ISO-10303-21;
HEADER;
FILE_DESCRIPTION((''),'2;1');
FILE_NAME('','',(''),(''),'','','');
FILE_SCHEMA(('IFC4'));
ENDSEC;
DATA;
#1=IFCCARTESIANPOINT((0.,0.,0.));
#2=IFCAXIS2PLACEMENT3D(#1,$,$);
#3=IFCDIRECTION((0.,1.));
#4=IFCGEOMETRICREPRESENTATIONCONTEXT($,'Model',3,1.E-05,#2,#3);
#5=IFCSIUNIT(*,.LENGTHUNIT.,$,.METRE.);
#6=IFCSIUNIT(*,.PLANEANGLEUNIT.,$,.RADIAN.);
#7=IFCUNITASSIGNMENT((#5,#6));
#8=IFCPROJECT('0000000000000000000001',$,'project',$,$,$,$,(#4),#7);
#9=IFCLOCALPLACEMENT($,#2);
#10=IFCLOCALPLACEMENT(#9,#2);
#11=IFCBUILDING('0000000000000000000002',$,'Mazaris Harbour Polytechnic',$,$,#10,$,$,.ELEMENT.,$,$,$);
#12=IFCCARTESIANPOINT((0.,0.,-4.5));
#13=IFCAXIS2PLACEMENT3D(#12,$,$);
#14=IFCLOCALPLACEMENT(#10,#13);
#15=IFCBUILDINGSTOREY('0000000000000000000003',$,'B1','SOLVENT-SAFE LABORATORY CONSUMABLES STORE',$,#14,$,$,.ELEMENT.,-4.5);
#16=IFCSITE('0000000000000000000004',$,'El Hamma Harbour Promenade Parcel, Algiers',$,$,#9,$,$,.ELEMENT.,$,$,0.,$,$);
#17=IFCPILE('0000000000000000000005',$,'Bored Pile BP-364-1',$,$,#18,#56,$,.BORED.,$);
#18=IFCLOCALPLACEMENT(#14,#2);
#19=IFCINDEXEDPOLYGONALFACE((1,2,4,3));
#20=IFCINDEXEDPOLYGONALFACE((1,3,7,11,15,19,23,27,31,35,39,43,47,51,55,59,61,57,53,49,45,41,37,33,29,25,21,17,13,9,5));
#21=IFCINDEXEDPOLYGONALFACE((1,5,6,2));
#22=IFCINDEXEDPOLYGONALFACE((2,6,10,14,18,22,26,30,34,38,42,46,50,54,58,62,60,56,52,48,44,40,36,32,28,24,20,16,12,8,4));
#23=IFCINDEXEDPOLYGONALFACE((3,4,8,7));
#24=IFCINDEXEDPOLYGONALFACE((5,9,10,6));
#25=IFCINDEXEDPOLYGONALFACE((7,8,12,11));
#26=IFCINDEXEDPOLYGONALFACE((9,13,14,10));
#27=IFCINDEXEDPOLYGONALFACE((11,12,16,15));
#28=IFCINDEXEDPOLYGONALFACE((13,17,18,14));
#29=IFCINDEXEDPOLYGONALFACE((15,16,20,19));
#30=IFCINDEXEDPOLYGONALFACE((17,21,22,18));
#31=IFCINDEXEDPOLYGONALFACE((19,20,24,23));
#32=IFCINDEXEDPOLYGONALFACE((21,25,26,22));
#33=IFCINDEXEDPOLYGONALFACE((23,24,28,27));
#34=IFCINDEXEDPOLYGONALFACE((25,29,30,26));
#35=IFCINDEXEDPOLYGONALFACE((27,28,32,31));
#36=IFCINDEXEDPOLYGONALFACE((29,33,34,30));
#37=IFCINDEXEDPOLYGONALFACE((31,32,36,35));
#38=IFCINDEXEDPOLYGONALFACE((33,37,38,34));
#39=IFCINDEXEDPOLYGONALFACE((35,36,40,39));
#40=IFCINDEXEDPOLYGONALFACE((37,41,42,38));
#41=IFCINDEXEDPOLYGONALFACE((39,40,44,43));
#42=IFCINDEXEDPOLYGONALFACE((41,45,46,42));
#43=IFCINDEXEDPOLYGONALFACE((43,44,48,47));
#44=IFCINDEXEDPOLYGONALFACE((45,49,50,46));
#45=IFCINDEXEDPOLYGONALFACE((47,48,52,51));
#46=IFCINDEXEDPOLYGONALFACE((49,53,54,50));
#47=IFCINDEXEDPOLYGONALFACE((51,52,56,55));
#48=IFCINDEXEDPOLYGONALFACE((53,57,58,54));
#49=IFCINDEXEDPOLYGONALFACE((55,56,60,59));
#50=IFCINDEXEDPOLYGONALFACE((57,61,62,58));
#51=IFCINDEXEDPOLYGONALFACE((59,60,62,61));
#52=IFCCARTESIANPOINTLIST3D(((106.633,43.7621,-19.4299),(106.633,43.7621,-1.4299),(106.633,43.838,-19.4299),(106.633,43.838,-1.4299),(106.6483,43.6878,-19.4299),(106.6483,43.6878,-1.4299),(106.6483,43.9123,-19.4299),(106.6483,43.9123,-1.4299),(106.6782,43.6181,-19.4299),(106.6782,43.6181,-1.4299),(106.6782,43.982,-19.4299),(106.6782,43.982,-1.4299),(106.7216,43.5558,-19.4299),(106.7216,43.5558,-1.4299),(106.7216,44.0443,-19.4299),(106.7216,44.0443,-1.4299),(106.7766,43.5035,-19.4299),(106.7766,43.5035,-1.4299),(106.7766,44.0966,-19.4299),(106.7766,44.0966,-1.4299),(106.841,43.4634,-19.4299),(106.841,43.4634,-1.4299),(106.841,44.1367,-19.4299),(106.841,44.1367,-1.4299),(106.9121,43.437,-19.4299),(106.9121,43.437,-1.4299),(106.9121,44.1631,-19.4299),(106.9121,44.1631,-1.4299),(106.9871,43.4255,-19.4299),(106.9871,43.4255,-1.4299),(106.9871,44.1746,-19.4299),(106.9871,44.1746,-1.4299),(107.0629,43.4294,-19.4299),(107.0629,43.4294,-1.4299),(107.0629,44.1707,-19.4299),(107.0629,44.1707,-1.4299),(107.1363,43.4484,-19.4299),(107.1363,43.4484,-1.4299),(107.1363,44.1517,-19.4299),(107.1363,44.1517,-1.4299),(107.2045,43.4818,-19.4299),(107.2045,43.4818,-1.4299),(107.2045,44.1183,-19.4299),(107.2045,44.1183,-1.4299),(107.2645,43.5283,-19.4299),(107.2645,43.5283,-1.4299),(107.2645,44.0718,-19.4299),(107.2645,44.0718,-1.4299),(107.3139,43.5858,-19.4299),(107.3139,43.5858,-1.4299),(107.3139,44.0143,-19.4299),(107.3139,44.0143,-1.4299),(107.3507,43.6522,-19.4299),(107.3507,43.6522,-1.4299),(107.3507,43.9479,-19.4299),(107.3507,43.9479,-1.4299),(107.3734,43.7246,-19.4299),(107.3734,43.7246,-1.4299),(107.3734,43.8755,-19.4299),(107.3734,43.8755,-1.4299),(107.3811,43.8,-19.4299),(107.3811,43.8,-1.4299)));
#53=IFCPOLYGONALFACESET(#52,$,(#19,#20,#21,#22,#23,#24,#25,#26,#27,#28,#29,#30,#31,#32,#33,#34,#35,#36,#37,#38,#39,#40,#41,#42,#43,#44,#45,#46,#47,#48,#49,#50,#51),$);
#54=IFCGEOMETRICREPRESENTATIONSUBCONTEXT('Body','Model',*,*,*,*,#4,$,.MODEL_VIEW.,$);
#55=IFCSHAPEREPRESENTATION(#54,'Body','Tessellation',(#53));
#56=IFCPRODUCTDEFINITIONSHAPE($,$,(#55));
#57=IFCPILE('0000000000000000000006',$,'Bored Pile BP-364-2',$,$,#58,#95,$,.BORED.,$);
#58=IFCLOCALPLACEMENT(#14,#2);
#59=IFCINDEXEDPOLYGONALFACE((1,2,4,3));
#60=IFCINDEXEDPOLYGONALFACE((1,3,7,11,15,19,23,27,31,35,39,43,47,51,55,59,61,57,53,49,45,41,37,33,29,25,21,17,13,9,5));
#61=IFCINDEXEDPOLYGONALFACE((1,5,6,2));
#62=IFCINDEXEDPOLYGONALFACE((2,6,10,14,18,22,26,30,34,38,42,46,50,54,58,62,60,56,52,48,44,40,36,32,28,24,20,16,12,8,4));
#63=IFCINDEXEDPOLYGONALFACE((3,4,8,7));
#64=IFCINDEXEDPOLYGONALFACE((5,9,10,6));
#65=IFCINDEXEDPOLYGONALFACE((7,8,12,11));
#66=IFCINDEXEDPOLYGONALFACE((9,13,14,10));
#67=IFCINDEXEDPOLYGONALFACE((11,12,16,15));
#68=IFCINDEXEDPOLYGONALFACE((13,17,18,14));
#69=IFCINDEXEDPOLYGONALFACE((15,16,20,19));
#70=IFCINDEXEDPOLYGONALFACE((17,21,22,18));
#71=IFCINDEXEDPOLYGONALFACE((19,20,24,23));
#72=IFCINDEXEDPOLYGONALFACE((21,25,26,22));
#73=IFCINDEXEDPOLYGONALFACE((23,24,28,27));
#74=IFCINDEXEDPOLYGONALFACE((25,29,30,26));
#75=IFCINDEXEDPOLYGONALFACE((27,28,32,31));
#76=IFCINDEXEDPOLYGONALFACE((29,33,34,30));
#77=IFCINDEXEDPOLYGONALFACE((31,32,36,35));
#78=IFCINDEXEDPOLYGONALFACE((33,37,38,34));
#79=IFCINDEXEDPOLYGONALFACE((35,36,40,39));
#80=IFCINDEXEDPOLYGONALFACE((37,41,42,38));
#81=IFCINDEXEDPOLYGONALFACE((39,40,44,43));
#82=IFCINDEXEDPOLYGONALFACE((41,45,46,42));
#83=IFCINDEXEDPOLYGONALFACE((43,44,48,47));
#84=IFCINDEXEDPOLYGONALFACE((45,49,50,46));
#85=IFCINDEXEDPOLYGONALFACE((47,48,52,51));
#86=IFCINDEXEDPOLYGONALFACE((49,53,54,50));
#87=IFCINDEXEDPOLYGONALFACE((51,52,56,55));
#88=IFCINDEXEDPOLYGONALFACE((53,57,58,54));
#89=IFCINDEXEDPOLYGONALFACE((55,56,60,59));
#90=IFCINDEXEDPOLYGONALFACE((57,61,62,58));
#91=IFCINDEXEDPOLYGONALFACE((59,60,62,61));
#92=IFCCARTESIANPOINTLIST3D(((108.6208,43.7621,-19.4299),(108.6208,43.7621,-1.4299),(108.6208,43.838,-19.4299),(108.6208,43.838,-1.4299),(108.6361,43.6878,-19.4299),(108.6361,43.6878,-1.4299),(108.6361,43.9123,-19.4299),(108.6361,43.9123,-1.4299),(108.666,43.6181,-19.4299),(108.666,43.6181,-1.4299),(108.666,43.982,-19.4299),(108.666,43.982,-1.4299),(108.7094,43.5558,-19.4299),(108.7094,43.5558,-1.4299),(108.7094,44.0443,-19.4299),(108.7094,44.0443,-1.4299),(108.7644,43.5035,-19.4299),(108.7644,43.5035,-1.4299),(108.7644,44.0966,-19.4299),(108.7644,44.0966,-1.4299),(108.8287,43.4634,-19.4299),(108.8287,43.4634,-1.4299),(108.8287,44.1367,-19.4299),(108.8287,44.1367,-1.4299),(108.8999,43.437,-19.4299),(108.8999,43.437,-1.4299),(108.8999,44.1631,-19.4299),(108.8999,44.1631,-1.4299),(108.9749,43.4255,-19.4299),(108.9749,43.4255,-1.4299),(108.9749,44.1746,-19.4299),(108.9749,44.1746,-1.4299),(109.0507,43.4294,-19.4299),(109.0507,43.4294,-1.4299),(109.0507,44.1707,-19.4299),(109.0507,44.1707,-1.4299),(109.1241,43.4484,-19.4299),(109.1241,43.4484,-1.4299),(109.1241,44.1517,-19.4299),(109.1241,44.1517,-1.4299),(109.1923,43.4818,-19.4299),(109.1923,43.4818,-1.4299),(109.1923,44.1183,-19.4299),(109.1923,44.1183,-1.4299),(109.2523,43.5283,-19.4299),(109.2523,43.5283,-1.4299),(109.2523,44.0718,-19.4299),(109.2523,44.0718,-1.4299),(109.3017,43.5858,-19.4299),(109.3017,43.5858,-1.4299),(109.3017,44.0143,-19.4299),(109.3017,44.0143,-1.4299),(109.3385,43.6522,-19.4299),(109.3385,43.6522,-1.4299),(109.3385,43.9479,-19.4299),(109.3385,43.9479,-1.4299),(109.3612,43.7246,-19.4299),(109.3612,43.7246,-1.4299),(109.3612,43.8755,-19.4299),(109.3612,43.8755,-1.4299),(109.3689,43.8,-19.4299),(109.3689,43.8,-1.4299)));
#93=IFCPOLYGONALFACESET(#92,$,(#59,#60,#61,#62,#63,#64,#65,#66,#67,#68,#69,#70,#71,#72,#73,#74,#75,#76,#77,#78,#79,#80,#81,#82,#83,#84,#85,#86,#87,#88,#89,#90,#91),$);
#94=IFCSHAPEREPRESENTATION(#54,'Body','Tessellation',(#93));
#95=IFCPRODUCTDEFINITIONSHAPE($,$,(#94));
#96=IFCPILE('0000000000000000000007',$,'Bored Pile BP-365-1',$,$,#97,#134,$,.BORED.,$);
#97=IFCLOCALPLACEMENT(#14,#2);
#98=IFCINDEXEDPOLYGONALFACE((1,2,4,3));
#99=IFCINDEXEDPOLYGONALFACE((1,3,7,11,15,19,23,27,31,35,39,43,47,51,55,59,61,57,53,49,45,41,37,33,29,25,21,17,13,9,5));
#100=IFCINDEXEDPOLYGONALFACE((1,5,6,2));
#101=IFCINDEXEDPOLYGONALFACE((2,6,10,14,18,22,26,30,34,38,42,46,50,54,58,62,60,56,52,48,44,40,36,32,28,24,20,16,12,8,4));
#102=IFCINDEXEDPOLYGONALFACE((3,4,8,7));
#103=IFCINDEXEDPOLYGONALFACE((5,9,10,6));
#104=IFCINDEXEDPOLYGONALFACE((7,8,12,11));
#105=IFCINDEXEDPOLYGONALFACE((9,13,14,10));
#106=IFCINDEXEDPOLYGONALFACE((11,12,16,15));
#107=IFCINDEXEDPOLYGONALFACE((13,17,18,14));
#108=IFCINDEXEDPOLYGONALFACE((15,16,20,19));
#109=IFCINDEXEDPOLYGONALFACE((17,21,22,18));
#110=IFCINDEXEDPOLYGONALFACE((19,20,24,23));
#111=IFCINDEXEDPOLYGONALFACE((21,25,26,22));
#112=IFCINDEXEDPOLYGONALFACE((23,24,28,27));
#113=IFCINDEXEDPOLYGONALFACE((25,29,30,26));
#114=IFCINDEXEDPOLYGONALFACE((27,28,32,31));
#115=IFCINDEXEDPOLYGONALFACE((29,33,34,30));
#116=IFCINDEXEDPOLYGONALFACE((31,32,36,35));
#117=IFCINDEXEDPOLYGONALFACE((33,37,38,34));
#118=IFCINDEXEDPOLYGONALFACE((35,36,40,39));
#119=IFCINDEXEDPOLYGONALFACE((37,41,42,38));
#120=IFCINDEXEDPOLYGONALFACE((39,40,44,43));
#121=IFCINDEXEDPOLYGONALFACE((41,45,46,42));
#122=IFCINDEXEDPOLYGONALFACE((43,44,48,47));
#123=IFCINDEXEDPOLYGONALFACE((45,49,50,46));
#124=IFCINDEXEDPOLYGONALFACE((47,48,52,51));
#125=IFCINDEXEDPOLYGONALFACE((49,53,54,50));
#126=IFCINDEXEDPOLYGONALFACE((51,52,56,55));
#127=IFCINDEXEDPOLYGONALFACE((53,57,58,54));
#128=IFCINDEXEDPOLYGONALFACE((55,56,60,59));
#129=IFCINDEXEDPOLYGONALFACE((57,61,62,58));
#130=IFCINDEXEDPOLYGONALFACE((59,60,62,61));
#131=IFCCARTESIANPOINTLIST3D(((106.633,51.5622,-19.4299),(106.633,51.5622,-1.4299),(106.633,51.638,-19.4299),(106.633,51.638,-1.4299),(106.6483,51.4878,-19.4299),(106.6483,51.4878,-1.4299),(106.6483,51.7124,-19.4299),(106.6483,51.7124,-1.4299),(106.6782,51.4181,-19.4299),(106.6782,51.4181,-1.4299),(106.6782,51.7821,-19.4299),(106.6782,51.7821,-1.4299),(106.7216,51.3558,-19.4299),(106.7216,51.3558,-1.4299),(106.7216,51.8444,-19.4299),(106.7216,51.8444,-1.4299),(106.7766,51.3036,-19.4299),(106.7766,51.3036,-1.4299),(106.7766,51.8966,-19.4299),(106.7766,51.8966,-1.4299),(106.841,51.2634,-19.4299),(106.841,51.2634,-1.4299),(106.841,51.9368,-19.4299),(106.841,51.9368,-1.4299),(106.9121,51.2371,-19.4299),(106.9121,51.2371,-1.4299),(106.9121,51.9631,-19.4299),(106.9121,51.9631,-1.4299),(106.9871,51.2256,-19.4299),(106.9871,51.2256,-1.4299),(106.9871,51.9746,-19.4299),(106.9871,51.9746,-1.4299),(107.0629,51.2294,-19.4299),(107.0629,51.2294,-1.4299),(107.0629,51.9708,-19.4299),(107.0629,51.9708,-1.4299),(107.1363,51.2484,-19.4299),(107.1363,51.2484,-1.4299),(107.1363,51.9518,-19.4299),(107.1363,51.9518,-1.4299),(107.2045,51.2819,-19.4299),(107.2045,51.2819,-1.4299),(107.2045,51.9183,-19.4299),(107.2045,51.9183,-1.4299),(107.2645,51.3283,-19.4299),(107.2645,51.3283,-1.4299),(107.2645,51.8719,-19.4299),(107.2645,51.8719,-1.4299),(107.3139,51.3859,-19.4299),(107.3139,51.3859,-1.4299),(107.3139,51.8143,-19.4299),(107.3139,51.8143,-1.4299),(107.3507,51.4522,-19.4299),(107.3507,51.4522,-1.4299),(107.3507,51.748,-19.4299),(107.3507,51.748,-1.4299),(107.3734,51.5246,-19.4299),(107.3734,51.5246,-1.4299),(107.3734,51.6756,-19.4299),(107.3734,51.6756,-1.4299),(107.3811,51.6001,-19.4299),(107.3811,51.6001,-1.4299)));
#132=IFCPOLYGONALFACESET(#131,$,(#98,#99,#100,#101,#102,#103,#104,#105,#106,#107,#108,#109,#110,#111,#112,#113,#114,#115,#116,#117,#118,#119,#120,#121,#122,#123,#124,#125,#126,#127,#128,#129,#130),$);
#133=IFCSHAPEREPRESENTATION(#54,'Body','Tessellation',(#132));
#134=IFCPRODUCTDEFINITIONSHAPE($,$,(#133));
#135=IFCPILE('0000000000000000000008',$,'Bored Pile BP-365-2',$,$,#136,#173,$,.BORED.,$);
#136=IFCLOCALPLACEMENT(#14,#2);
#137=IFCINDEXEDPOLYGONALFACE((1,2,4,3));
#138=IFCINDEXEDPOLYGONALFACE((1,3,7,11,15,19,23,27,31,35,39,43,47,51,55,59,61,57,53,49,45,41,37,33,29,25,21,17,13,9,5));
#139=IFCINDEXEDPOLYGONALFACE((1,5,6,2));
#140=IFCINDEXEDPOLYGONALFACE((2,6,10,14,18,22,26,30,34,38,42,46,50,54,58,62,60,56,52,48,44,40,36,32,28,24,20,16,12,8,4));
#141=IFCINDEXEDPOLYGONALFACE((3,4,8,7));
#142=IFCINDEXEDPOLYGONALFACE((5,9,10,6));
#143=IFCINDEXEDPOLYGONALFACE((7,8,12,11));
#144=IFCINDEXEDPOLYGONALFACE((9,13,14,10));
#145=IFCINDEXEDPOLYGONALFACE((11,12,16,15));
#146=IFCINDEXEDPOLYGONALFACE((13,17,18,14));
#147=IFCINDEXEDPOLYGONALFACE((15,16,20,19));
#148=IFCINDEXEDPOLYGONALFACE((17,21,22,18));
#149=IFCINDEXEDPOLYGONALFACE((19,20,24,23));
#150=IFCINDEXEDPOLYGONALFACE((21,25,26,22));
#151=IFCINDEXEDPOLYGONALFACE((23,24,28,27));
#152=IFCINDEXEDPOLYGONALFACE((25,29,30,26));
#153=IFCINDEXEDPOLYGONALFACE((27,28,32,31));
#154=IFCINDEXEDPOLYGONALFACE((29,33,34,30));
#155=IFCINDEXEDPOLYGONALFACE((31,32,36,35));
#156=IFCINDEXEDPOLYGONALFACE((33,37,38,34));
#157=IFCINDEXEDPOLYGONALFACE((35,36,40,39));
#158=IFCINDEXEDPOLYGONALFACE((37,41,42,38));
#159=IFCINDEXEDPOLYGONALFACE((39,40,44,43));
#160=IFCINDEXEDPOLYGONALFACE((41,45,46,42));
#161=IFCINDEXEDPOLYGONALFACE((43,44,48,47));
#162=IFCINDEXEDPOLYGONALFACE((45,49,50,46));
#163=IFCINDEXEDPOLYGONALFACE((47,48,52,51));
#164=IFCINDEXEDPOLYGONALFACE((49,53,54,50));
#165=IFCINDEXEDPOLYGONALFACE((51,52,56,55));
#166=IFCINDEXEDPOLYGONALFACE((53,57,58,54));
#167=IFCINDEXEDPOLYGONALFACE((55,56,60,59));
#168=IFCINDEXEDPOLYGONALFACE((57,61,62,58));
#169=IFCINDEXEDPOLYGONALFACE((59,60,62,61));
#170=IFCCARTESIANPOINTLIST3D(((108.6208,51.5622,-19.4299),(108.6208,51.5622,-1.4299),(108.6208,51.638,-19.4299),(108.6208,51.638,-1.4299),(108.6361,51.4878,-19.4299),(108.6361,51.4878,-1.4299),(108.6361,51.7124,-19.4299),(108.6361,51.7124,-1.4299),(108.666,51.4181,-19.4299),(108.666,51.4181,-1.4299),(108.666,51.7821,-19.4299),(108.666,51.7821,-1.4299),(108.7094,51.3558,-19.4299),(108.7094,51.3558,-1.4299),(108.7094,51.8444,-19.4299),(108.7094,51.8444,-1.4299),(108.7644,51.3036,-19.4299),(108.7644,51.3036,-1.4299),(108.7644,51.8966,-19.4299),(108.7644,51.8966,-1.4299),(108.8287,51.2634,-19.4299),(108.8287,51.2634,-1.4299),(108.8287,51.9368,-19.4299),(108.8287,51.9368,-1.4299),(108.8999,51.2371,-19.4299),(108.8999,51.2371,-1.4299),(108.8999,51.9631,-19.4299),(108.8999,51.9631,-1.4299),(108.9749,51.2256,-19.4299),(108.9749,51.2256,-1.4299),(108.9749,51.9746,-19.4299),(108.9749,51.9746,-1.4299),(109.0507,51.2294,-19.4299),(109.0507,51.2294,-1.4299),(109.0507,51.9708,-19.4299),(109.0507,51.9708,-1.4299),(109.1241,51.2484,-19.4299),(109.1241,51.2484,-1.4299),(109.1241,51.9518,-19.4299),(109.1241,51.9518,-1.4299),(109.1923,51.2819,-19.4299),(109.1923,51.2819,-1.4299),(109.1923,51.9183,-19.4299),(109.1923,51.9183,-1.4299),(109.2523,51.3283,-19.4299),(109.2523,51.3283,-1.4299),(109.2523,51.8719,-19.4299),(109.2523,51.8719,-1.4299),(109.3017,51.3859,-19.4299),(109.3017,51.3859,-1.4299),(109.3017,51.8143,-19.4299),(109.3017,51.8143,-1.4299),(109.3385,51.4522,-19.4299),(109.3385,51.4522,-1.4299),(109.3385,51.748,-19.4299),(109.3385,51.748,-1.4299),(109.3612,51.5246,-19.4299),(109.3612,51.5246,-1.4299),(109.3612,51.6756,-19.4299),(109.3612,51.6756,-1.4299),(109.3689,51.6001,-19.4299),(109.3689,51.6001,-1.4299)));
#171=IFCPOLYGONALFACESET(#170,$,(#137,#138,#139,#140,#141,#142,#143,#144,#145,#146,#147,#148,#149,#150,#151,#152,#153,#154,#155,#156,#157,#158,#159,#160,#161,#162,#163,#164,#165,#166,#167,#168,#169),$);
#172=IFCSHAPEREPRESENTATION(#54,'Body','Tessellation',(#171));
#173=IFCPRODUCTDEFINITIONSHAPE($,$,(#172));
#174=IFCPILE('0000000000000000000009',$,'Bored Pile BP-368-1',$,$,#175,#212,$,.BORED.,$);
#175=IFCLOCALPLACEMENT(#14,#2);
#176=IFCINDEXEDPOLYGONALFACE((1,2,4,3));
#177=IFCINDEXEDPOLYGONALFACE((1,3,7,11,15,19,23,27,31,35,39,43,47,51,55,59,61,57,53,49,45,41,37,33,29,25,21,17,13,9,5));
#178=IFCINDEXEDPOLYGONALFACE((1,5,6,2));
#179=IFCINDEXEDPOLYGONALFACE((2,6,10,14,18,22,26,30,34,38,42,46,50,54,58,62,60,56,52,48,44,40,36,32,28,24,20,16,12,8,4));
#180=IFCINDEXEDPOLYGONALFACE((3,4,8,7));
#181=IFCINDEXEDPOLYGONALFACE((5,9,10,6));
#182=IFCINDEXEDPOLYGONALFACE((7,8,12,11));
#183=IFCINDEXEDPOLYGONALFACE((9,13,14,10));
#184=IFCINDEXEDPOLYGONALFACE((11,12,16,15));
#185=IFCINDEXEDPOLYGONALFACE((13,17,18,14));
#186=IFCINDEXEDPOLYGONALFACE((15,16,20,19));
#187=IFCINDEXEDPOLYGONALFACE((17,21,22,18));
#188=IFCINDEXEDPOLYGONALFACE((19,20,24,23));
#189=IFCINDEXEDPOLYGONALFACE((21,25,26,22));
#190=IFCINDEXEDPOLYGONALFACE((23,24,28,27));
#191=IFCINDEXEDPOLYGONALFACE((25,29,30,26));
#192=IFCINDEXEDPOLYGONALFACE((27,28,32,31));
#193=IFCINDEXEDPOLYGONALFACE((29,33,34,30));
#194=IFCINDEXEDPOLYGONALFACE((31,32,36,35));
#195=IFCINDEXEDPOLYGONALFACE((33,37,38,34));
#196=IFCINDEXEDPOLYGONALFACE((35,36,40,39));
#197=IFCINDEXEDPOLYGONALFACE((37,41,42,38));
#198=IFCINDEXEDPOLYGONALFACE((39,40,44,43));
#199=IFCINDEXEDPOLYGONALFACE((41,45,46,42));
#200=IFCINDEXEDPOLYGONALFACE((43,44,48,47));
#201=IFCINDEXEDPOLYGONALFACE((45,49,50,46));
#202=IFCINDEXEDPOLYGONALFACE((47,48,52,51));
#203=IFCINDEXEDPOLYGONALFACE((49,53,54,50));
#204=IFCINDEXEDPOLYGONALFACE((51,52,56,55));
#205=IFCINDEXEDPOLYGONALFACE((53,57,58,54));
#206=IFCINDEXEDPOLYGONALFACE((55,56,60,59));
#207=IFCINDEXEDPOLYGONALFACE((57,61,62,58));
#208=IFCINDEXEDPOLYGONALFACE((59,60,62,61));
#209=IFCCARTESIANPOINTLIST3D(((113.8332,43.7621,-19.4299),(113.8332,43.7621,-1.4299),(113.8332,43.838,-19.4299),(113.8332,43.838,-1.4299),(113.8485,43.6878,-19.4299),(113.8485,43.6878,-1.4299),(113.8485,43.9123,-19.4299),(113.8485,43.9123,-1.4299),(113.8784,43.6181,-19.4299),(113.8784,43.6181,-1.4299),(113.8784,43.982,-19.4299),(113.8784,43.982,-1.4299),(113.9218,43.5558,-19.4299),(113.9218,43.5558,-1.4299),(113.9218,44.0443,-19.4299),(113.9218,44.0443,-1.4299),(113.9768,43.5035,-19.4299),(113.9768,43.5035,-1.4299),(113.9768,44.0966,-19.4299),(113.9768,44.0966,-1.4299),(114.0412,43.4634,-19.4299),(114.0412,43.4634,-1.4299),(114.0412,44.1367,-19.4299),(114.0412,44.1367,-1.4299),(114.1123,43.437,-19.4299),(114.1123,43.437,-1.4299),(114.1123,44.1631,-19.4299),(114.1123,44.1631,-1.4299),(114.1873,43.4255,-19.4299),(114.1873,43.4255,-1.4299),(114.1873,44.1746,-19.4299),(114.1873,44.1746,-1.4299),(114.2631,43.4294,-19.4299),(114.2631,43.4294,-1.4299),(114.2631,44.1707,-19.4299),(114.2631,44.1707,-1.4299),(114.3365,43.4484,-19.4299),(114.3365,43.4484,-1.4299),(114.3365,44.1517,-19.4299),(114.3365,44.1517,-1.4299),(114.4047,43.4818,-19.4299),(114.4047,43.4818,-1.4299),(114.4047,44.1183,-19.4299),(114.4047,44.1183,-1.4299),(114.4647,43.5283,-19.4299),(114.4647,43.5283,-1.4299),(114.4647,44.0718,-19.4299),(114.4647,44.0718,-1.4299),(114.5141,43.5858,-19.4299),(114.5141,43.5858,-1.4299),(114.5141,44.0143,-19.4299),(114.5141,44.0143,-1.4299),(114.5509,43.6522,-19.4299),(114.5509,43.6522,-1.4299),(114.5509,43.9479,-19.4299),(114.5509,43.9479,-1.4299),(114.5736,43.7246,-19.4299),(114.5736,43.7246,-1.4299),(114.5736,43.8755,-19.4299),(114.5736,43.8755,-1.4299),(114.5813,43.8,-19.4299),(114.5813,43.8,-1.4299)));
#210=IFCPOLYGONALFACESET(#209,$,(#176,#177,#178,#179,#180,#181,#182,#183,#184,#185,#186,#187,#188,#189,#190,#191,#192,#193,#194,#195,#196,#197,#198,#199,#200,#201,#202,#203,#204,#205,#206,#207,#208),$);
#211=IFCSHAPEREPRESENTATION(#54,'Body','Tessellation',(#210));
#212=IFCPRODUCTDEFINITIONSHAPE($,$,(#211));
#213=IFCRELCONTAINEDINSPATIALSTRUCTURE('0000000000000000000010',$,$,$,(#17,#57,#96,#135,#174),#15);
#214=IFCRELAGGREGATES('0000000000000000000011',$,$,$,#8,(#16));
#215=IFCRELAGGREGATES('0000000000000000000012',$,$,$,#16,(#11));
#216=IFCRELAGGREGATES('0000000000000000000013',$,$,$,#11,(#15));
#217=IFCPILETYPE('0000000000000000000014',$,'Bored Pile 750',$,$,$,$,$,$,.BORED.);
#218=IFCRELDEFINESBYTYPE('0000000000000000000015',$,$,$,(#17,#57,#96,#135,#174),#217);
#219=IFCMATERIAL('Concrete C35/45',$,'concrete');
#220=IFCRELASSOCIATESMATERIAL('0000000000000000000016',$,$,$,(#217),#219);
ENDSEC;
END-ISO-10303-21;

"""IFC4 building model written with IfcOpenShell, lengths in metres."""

from ifc_helpers import new_model, si_unit, direction, frame, origin, origin_2d, place, context, subcontext, project, spatial, circle, extrude, material, material_profile, profile_set, type_object, element, save


model = new_model("IFC4")

# Units and contexts
model_context = context("Model", 3, precision=1e-05, world=origin(), true_north=direction((0.0, 1.0)))
body_context = subcontext(model_context, "Body", "Model", "MODEL_VIEW")
ifc_project = project(units=[si_unit("LENGTHUNIT", "METRE"), si_unit("PLANEANGLEUNIT", "RADIAN")], contexts=[model_context])

# Site, building, storey
site_placement = place(None, origin())
site = spatial("IfcSite", under=ifc_project, at=site_placement, Name="El Hamma Harbour Promenade Parcel, Algiers", CompositionType="ELEMENT", RefElevation=0.0)
building_placement = place(site_placement, origin())
building = spatial("IfcBuilding", under=site, at=building_placement, Name="Mazaris Harbour Polytechnic", CompositionType="ELEMENT")
storey_placement = place(building_placement, frame((0.0, 0.0, -4.5)))
storey = spatial("IfcBuildingStorey", under=building, at=storey_placement, Name="B1", Description="SOLVENT-SAFE LABORATORY CONSUMABLES STORE", CompositionType="ELEMENT", Elevation=-4.5)

# Piles
ifc_material_1 = material(Name="Concrete C35/45", Category="concrete")
ifc_material_profile_1 = material_profile(ifc_material_1, circle(Radius=0.375, at=origin_2d()), Name="DIA750")
ifc_profile_set_1 = profile_set([ifc_material_profile_1], Name="Concrete C35/45")
pile_type_1 = type_object("IfcPileType", Name="Bored Pile 750", PredefinedType="BORED", material=ifc_profile_set_1)
for number, where, z_axis, x_axis, name in (
    (1, (107.0061, 43.8, -1.4299), (0.0, 0.0, -1.0), (1.0, 0.0, 0.0), "Bored Pile BP-364-1"),
    (2, (108.9939, 43.8, -1.4299), (0.0, 0.0, -1.0), (1.0, 0.0, 0.0), "Bored Pile BP-364-2"),
    (3, (107.0061, 51.6001, -1.4299), (0.0, 0.0, -1.0), (1.0, 0.0, 0.0), "Bored Pile BP-365-1"),
    (4, (108.9939, 51.6001, -1.4299), (0.0, 0.0, -1.0), (1.0, 0.0, 0.0), "Bored Pile BP-365-2"),
    (5, (114.2063, 43.8, -1.4299), (0.0, 0.0, -1.0), (1.0, 0.0, 0.0), "Bored Pile BP-368-1"),
):
    element("IfcPile", number, at=place(storey_placement, frame(where, z_axis=z_axis, x_axis=x_axis)), inside=storey, type_object=pile_type_1, Name=name, PredefinedType="BORED", context=body_context, shape_type="SweptSolid", body=[
        extrude(circle(Radius=0.375, at=origin_2d()), origin(), (0.0, 0.0, 1.0), 18.0),
    ])

save(model, "model.ifc")
